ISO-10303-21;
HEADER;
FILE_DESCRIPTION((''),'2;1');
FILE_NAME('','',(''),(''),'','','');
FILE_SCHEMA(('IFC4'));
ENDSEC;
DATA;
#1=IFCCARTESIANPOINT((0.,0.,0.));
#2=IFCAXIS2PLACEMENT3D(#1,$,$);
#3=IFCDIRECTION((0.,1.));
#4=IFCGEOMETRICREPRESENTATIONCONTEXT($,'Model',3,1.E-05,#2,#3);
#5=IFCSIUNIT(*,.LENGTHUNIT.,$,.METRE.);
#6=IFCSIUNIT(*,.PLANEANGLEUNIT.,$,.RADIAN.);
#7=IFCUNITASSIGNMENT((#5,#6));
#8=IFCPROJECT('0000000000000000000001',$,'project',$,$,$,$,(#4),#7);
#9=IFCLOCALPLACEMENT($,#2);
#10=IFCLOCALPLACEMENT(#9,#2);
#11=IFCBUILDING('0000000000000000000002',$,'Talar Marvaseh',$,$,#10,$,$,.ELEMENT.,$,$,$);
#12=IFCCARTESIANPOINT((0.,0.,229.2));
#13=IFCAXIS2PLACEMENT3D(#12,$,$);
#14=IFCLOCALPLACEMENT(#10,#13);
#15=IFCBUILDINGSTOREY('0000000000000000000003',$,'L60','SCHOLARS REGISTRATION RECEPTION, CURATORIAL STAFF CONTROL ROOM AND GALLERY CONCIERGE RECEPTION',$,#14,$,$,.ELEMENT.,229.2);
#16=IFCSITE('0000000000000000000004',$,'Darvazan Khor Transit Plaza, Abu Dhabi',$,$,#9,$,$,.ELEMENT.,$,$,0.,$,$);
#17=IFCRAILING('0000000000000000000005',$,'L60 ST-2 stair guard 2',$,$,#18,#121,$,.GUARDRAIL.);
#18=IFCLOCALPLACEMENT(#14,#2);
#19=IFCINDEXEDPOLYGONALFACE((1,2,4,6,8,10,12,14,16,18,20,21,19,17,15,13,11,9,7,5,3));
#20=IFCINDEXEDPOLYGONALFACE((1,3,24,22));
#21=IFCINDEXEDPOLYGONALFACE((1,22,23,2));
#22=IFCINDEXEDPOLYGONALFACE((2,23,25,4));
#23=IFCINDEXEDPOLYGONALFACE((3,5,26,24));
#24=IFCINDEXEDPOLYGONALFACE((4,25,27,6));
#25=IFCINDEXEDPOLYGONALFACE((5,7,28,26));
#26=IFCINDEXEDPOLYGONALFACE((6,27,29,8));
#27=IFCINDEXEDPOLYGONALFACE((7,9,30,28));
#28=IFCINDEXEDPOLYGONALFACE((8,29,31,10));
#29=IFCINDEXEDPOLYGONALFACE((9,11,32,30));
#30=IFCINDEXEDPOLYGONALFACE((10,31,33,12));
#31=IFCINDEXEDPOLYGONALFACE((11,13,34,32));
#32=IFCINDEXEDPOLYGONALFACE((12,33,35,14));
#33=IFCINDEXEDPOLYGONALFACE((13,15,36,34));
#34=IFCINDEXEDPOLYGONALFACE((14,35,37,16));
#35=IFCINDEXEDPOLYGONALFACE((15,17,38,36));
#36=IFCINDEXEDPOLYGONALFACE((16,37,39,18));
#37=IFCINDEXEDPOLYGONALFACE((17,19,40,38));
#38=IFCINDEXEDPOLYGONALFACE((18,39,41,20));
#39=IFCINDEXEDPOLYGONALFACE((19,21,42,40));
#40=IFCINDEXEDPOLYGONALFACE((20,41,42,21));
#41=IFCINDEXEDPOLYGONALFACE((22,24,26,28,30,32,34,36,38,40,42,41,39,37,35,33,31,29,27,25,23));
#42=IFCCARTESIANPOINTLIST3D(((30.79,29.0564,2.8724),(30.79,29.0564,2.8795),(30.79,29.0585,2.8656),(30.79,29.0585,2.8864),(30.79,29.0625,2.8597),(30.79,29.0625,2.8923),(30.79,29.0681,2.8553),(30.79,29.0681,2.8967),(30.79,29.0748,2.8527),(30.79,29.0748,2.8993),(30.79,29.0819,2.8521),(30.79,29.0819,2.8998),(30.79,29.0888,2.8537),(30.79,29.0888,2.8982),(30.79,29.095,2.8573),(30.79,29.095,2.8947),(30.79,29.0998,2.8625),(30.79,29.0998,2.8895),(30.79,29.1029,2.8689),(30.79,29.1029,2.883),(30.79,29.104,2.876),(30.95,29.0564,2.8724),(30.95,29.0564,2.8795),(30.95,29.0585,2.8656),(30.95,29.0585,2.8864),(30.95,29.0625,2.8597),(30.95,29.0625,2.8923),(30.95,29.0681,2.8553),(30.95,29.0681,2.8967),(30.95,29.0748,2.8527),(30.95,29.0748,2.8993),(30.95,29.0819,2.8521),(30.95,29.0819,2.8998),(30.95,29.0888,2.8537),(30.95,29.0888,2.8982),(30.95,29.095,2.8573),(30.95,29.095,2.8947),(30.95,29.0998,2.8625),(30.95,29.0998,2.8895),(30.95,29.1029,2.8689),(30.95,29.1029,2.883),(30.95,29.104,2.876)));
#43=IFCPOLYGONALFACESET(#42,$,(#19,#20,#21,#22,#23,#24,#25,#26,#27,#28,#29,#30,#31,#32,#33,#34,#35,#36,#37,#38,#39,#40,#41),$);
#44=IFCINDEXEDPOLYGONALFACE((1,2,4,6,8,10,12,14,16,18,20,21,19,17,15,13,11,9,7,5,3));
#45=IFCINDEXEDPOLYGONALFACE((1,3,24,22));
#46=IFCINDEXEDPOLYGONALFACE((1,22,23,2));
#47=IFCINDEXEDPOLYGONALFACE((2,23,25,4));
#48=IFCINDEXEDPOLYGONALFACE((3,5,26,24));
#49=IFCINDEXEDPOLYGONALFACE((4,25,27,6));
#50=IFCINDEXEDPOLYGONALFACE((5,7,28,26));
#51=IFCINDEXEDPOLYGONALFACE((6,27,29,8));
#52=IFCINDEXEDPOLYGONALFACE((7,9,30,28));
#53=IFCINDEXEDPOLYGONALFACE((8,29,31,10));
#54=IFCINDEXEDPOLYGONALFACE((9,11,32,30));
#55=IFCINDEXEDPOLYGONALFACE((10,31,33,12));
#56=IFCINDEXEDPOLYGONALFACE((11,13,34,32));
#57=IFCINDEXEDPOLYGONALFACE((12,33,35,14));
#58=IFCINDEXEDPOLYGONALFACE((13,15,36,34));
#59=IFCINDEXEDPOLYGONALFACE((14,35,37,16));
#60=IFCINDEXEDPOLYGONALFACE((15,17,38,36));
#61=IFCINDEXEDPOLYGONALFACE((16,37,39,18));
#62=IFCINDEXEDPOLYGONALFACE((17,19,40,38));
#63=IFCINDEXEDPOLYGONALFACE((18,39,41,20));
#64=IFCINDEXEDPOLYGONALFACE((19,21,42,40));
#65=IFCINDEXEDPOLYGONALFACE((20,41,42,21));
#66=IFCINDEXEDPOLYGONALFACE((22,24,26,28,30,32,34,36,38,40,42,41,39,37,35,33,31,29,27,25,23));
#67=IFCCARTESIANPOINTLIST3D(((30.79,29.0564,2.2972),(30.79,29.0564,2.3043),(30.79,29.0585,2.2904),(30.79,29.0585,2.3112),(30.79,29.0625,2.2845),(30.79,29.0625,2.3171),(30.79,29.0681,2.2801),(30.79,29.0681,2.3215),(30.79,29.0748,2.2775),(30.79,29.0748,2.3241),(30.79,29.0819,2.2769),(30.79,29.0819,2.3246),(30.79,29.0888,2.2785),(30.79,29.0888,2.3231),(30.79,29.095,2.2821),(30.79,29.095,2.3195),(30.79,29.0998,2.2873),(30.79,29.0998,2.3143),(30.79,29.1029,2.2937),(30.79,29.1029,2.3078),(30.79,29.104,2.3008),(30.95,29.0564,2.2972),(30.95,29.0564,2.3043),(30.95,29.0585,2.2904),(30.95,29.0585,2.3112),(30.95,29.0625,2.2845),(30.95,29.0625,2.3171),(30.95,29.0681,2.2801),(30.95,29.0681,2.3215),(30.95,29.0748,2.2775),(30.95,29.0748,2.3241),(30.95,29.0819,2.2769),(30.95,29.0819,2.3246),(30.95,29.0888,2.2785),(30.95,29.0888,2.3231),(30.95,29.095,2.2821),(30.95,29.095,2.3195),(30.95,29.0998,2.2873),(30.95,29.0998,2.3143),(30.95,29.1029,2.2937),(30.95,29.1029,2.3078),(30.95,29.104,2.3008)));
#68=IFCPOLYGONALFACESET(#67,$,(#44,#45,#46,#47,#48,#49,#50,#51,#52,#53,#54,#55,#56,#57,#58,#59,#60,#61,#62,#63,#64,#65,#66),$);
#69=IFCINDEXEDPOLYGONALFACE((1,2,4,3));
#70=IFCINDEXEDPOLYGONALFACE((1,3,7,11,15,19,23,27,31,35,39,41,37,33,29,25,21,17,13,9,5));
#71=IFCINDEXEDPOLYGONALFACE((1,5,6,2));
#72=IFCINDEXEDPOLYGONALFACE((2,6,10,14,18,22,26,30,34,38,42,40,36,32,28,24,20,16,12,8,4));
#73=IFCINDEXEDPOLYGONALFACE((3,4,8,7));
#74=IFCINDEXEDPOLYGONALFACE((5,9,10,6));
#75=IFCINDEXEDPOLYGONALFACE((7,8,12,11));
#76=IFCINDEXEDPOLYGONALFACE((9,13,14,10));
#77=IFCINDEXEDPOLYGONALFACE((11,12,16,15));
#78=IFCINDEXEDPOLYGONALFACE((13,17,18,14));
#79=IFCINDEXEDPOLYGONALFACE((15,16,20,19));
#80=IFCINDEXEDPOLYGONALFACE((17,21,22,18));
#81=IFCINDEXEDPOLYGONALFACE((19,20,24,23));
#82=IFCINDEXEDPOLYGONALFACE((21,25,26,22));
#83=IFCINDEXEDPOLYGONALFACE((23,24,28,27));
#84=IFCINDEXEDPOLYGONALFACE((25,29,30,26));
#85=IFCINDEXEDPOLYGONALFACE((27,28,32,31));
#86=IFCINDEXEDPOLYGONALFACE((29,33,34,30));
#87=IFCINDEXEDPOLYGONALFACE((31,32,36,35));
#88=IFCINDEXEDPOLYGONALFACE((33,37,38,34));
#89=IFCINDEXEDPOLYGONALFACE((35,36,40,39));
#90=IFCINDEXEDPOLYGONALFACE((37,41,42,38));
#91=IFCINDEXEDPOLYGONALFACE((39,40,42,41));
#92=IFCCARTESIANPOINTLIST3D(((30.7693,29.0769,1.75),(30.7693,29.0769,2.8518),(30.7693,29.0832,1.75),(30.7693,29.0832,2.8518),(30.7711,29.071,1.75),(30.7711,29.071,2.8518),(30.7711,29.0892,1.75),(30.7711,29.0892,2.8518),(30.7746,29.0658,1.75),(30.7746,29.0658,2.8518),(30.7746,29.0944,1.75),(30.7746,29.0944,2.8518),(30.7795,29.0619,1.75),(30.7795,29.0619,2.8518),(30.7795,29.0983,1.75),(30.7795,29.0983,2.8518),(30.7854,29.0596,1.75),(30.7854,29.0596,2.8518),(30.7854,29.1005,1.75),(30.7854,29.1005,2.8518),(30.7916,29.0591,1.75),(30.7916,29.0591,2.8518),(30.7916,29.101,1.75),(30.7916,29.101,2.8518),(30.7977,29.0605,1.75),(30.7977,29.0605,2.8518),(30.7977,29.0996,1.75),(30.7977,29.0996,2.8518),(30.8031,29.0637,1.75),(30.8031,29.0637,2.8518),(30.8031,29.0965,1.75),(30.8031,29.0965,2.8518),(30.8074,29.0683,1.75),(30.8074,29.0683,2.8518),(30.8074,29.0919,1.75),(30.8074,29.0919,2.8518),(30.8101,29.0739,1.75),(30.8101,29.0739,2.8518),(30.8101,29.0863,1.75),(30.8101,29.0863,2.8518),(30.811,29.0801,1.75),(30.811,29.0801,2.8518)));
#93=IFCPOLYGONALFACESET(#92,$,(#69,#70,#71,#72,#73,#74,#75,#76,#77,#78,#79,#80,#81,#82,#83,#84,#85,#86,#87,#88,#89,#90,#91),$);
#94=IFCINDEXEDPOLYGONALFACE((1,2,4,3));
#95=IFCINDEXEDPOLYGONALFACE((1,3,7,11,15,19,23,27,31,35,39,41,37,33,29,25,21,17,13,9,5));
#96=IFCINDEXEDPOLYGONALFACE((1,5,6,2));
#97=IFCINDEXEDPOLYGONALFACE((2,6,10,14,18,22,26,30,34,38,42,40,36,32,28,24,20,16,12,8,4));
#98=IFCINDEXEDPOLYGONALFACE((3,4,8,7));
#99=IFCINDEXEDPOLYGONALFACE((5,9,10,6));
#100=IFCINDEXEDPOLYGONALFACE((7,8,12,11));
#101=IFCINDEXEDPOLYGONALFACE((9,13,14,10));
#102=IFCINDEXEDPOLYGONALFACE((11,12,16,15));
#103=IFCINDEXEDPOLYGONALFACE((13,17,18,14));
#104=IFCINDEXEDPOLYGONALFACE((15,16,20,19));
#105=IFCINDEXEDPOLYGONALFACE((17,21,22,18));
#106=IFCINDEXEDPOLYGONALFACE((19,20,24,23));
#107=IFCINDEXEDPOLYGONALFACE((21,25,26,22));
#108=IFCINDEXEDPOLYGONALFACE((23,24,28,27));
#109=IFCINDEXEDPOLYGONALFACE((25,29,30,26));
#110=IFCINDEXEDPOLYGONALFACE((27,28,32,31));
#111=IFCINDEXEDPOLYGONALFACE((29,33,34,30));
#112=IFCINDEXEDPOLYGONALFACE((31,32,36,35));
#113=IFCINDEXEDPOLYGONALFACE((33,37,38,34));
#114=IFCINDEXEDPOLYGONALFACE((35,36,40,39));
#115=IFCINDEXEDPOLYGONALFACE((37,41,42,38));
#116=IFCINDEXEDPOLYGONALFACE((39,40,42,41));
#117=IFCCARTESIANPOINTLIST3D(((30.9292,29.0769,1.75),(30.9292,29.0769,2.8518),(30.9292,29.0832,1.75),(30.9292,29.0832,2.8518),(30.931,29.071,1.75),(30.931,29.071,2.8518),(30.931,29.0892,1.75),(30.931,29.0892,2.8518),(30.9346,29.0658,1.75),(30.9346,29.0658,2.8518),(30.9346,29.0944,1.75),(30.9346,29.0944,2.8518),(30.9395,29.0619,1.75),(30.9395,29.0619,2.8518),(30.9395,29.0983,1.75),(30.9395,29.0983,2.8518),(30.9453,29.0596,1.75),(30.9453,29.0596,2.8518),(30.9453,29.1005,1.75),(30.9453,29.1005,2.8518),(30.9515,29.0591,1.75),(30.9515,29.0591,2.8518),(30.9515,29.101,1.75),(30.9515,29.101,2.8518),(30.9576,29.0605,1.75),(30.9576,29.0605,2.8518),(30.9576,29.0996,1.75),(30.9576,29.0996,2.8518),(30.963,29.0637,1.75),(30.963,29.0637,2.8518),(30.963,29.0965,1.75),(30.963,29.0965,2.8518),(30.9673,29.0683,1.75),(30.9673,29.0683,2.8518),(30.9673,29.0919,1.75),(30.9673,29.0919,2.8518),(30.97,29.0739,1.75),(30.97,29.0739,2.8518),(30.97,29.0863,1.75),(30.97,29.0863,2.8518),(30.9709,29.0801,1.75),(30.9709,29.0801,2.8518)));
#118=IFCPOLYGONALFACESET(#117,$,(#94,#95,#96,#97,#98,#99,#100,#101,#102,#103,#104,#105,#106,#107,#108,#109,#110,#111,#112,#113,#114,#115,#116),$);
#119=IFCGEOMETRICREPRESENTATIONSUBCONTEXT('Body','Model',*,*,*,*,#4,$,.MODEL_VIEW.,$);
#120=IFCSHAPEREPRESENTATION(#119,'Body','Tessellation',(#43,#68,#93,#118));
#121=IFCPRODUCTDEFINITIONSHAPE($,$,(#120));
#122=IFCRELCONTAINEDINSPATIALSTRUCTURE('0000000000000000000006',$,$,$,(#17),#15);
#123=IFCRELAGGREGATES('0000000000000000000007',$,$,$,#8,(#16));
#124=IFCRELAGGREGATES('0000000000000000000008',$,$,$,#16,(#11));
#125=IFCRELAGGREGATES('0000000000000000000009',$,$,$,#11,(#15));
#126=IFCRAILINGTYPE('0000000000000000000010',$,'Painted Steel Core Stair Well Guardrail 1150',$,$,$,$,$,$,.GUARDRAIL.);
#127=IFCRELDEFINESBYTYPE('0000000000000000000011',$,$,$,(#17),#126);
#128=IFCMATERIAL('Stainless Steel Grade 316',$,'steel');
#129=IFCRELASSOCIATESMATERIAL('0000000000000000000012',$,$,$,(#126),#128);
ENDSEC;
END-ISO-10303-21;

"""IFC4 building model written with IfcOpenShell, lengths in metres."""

from ifc_helpers import new_model, si_unit, direction, frame, origin, origin_2d, place, context, subcontext, project, spatial, circle, extrude, material, type_object, element, save


model = new_model("IFC4")

# Units and contexts
model_context = context("Model", 3, precision=1e-05, world=origin(), true_north=direction((0.0, 1.0)))
body_context = subcontext(model_context, "Body", "Model", "MODEL_VIEW")
ifc_project = project(units=[si_unit("LENGTHUNIT", "METRE"), si_unit("PLANEANGLEUNIT", "RADIAN")], contexts=[model_context])

# Site, building, storey
site_placement = place(None, origin())
site = spatial("IfcSite", under=ifc_project, at=site_placement, Name="Darvazan Khor Transit Plaza, Abu Dhabi", CompositionType="ELEMENT", RefElevation=0.0)
building_placement = place(site_placement, origin())
building = spatial("IfcBuilding", under=site, at=building_placement, Name="Talar Marvaseh", CompositionType="ELEMENT")
storey_placement = place(building_placement, frame((0.0, 0.0, 229.2)))
storey = spatial("IfcBuildingStorey", under=building, at=storey_placement, Name="L60", Description="SCHOLARS REGISTRATION RECEPTION, CURATORIAL STAFF CONTROL ROOM AND GALLERY CONCIERGE RECEPTION", CompositionType="ELEMENT", Elevation=229.2)

# Shared definitions
ifc_material_1 = material(Name="Stainless Steel Grade 316", Category="steel")

# Railing
railing_type_1 = type_object("IfcRailingType", Name="Painted Steel Core Stair Well Guardrail 1150", PredefinedType="GUARDRAIL", material=ifc_material_1)
railing_1_placement = place(storey_placement, frame((30.79, 29.0801, 1.75)))
element("IfcRailing", 1, at=railing_1_placement, inside=storey, type_object=railing_type_1, Name="L60 ST-2 stair guard 2", PredefinedType="GUARDRAIL", context=body_context, shape_type="SweptSolid", body=[
    extrude(circle(Radius=0.0239, at=origin_2d()), frame((0.0, 0.0, 1.126), z_axis=(1.0, 0.0, 0.0), x_axis=(0.0, 1.0, 0.0)), (0.0, 0.0, 1.0), 0.1599),
    extrude(circle(Radius=0.0239, at=origin_2d()), frame((0.0, 0.0, 0.5508), z_axis=(1.0, 0.0, 0.0), x_axis=(0.0, 1.0, 0.0)), (0.0, 0.0, 1.0), 0.1599),
    extrude(circle(Radius=0.021, at=origin_2d()), origin(), (0.0, 0.0, 1.0), 1.1018),
    extrude(circle(Radius=0.021, at=origin_2d()), frame((0.1599, 0.0, 0.0)), (0.0, 0.0, 1.0), 1.1018),
])

save(model, "model.ifc")
